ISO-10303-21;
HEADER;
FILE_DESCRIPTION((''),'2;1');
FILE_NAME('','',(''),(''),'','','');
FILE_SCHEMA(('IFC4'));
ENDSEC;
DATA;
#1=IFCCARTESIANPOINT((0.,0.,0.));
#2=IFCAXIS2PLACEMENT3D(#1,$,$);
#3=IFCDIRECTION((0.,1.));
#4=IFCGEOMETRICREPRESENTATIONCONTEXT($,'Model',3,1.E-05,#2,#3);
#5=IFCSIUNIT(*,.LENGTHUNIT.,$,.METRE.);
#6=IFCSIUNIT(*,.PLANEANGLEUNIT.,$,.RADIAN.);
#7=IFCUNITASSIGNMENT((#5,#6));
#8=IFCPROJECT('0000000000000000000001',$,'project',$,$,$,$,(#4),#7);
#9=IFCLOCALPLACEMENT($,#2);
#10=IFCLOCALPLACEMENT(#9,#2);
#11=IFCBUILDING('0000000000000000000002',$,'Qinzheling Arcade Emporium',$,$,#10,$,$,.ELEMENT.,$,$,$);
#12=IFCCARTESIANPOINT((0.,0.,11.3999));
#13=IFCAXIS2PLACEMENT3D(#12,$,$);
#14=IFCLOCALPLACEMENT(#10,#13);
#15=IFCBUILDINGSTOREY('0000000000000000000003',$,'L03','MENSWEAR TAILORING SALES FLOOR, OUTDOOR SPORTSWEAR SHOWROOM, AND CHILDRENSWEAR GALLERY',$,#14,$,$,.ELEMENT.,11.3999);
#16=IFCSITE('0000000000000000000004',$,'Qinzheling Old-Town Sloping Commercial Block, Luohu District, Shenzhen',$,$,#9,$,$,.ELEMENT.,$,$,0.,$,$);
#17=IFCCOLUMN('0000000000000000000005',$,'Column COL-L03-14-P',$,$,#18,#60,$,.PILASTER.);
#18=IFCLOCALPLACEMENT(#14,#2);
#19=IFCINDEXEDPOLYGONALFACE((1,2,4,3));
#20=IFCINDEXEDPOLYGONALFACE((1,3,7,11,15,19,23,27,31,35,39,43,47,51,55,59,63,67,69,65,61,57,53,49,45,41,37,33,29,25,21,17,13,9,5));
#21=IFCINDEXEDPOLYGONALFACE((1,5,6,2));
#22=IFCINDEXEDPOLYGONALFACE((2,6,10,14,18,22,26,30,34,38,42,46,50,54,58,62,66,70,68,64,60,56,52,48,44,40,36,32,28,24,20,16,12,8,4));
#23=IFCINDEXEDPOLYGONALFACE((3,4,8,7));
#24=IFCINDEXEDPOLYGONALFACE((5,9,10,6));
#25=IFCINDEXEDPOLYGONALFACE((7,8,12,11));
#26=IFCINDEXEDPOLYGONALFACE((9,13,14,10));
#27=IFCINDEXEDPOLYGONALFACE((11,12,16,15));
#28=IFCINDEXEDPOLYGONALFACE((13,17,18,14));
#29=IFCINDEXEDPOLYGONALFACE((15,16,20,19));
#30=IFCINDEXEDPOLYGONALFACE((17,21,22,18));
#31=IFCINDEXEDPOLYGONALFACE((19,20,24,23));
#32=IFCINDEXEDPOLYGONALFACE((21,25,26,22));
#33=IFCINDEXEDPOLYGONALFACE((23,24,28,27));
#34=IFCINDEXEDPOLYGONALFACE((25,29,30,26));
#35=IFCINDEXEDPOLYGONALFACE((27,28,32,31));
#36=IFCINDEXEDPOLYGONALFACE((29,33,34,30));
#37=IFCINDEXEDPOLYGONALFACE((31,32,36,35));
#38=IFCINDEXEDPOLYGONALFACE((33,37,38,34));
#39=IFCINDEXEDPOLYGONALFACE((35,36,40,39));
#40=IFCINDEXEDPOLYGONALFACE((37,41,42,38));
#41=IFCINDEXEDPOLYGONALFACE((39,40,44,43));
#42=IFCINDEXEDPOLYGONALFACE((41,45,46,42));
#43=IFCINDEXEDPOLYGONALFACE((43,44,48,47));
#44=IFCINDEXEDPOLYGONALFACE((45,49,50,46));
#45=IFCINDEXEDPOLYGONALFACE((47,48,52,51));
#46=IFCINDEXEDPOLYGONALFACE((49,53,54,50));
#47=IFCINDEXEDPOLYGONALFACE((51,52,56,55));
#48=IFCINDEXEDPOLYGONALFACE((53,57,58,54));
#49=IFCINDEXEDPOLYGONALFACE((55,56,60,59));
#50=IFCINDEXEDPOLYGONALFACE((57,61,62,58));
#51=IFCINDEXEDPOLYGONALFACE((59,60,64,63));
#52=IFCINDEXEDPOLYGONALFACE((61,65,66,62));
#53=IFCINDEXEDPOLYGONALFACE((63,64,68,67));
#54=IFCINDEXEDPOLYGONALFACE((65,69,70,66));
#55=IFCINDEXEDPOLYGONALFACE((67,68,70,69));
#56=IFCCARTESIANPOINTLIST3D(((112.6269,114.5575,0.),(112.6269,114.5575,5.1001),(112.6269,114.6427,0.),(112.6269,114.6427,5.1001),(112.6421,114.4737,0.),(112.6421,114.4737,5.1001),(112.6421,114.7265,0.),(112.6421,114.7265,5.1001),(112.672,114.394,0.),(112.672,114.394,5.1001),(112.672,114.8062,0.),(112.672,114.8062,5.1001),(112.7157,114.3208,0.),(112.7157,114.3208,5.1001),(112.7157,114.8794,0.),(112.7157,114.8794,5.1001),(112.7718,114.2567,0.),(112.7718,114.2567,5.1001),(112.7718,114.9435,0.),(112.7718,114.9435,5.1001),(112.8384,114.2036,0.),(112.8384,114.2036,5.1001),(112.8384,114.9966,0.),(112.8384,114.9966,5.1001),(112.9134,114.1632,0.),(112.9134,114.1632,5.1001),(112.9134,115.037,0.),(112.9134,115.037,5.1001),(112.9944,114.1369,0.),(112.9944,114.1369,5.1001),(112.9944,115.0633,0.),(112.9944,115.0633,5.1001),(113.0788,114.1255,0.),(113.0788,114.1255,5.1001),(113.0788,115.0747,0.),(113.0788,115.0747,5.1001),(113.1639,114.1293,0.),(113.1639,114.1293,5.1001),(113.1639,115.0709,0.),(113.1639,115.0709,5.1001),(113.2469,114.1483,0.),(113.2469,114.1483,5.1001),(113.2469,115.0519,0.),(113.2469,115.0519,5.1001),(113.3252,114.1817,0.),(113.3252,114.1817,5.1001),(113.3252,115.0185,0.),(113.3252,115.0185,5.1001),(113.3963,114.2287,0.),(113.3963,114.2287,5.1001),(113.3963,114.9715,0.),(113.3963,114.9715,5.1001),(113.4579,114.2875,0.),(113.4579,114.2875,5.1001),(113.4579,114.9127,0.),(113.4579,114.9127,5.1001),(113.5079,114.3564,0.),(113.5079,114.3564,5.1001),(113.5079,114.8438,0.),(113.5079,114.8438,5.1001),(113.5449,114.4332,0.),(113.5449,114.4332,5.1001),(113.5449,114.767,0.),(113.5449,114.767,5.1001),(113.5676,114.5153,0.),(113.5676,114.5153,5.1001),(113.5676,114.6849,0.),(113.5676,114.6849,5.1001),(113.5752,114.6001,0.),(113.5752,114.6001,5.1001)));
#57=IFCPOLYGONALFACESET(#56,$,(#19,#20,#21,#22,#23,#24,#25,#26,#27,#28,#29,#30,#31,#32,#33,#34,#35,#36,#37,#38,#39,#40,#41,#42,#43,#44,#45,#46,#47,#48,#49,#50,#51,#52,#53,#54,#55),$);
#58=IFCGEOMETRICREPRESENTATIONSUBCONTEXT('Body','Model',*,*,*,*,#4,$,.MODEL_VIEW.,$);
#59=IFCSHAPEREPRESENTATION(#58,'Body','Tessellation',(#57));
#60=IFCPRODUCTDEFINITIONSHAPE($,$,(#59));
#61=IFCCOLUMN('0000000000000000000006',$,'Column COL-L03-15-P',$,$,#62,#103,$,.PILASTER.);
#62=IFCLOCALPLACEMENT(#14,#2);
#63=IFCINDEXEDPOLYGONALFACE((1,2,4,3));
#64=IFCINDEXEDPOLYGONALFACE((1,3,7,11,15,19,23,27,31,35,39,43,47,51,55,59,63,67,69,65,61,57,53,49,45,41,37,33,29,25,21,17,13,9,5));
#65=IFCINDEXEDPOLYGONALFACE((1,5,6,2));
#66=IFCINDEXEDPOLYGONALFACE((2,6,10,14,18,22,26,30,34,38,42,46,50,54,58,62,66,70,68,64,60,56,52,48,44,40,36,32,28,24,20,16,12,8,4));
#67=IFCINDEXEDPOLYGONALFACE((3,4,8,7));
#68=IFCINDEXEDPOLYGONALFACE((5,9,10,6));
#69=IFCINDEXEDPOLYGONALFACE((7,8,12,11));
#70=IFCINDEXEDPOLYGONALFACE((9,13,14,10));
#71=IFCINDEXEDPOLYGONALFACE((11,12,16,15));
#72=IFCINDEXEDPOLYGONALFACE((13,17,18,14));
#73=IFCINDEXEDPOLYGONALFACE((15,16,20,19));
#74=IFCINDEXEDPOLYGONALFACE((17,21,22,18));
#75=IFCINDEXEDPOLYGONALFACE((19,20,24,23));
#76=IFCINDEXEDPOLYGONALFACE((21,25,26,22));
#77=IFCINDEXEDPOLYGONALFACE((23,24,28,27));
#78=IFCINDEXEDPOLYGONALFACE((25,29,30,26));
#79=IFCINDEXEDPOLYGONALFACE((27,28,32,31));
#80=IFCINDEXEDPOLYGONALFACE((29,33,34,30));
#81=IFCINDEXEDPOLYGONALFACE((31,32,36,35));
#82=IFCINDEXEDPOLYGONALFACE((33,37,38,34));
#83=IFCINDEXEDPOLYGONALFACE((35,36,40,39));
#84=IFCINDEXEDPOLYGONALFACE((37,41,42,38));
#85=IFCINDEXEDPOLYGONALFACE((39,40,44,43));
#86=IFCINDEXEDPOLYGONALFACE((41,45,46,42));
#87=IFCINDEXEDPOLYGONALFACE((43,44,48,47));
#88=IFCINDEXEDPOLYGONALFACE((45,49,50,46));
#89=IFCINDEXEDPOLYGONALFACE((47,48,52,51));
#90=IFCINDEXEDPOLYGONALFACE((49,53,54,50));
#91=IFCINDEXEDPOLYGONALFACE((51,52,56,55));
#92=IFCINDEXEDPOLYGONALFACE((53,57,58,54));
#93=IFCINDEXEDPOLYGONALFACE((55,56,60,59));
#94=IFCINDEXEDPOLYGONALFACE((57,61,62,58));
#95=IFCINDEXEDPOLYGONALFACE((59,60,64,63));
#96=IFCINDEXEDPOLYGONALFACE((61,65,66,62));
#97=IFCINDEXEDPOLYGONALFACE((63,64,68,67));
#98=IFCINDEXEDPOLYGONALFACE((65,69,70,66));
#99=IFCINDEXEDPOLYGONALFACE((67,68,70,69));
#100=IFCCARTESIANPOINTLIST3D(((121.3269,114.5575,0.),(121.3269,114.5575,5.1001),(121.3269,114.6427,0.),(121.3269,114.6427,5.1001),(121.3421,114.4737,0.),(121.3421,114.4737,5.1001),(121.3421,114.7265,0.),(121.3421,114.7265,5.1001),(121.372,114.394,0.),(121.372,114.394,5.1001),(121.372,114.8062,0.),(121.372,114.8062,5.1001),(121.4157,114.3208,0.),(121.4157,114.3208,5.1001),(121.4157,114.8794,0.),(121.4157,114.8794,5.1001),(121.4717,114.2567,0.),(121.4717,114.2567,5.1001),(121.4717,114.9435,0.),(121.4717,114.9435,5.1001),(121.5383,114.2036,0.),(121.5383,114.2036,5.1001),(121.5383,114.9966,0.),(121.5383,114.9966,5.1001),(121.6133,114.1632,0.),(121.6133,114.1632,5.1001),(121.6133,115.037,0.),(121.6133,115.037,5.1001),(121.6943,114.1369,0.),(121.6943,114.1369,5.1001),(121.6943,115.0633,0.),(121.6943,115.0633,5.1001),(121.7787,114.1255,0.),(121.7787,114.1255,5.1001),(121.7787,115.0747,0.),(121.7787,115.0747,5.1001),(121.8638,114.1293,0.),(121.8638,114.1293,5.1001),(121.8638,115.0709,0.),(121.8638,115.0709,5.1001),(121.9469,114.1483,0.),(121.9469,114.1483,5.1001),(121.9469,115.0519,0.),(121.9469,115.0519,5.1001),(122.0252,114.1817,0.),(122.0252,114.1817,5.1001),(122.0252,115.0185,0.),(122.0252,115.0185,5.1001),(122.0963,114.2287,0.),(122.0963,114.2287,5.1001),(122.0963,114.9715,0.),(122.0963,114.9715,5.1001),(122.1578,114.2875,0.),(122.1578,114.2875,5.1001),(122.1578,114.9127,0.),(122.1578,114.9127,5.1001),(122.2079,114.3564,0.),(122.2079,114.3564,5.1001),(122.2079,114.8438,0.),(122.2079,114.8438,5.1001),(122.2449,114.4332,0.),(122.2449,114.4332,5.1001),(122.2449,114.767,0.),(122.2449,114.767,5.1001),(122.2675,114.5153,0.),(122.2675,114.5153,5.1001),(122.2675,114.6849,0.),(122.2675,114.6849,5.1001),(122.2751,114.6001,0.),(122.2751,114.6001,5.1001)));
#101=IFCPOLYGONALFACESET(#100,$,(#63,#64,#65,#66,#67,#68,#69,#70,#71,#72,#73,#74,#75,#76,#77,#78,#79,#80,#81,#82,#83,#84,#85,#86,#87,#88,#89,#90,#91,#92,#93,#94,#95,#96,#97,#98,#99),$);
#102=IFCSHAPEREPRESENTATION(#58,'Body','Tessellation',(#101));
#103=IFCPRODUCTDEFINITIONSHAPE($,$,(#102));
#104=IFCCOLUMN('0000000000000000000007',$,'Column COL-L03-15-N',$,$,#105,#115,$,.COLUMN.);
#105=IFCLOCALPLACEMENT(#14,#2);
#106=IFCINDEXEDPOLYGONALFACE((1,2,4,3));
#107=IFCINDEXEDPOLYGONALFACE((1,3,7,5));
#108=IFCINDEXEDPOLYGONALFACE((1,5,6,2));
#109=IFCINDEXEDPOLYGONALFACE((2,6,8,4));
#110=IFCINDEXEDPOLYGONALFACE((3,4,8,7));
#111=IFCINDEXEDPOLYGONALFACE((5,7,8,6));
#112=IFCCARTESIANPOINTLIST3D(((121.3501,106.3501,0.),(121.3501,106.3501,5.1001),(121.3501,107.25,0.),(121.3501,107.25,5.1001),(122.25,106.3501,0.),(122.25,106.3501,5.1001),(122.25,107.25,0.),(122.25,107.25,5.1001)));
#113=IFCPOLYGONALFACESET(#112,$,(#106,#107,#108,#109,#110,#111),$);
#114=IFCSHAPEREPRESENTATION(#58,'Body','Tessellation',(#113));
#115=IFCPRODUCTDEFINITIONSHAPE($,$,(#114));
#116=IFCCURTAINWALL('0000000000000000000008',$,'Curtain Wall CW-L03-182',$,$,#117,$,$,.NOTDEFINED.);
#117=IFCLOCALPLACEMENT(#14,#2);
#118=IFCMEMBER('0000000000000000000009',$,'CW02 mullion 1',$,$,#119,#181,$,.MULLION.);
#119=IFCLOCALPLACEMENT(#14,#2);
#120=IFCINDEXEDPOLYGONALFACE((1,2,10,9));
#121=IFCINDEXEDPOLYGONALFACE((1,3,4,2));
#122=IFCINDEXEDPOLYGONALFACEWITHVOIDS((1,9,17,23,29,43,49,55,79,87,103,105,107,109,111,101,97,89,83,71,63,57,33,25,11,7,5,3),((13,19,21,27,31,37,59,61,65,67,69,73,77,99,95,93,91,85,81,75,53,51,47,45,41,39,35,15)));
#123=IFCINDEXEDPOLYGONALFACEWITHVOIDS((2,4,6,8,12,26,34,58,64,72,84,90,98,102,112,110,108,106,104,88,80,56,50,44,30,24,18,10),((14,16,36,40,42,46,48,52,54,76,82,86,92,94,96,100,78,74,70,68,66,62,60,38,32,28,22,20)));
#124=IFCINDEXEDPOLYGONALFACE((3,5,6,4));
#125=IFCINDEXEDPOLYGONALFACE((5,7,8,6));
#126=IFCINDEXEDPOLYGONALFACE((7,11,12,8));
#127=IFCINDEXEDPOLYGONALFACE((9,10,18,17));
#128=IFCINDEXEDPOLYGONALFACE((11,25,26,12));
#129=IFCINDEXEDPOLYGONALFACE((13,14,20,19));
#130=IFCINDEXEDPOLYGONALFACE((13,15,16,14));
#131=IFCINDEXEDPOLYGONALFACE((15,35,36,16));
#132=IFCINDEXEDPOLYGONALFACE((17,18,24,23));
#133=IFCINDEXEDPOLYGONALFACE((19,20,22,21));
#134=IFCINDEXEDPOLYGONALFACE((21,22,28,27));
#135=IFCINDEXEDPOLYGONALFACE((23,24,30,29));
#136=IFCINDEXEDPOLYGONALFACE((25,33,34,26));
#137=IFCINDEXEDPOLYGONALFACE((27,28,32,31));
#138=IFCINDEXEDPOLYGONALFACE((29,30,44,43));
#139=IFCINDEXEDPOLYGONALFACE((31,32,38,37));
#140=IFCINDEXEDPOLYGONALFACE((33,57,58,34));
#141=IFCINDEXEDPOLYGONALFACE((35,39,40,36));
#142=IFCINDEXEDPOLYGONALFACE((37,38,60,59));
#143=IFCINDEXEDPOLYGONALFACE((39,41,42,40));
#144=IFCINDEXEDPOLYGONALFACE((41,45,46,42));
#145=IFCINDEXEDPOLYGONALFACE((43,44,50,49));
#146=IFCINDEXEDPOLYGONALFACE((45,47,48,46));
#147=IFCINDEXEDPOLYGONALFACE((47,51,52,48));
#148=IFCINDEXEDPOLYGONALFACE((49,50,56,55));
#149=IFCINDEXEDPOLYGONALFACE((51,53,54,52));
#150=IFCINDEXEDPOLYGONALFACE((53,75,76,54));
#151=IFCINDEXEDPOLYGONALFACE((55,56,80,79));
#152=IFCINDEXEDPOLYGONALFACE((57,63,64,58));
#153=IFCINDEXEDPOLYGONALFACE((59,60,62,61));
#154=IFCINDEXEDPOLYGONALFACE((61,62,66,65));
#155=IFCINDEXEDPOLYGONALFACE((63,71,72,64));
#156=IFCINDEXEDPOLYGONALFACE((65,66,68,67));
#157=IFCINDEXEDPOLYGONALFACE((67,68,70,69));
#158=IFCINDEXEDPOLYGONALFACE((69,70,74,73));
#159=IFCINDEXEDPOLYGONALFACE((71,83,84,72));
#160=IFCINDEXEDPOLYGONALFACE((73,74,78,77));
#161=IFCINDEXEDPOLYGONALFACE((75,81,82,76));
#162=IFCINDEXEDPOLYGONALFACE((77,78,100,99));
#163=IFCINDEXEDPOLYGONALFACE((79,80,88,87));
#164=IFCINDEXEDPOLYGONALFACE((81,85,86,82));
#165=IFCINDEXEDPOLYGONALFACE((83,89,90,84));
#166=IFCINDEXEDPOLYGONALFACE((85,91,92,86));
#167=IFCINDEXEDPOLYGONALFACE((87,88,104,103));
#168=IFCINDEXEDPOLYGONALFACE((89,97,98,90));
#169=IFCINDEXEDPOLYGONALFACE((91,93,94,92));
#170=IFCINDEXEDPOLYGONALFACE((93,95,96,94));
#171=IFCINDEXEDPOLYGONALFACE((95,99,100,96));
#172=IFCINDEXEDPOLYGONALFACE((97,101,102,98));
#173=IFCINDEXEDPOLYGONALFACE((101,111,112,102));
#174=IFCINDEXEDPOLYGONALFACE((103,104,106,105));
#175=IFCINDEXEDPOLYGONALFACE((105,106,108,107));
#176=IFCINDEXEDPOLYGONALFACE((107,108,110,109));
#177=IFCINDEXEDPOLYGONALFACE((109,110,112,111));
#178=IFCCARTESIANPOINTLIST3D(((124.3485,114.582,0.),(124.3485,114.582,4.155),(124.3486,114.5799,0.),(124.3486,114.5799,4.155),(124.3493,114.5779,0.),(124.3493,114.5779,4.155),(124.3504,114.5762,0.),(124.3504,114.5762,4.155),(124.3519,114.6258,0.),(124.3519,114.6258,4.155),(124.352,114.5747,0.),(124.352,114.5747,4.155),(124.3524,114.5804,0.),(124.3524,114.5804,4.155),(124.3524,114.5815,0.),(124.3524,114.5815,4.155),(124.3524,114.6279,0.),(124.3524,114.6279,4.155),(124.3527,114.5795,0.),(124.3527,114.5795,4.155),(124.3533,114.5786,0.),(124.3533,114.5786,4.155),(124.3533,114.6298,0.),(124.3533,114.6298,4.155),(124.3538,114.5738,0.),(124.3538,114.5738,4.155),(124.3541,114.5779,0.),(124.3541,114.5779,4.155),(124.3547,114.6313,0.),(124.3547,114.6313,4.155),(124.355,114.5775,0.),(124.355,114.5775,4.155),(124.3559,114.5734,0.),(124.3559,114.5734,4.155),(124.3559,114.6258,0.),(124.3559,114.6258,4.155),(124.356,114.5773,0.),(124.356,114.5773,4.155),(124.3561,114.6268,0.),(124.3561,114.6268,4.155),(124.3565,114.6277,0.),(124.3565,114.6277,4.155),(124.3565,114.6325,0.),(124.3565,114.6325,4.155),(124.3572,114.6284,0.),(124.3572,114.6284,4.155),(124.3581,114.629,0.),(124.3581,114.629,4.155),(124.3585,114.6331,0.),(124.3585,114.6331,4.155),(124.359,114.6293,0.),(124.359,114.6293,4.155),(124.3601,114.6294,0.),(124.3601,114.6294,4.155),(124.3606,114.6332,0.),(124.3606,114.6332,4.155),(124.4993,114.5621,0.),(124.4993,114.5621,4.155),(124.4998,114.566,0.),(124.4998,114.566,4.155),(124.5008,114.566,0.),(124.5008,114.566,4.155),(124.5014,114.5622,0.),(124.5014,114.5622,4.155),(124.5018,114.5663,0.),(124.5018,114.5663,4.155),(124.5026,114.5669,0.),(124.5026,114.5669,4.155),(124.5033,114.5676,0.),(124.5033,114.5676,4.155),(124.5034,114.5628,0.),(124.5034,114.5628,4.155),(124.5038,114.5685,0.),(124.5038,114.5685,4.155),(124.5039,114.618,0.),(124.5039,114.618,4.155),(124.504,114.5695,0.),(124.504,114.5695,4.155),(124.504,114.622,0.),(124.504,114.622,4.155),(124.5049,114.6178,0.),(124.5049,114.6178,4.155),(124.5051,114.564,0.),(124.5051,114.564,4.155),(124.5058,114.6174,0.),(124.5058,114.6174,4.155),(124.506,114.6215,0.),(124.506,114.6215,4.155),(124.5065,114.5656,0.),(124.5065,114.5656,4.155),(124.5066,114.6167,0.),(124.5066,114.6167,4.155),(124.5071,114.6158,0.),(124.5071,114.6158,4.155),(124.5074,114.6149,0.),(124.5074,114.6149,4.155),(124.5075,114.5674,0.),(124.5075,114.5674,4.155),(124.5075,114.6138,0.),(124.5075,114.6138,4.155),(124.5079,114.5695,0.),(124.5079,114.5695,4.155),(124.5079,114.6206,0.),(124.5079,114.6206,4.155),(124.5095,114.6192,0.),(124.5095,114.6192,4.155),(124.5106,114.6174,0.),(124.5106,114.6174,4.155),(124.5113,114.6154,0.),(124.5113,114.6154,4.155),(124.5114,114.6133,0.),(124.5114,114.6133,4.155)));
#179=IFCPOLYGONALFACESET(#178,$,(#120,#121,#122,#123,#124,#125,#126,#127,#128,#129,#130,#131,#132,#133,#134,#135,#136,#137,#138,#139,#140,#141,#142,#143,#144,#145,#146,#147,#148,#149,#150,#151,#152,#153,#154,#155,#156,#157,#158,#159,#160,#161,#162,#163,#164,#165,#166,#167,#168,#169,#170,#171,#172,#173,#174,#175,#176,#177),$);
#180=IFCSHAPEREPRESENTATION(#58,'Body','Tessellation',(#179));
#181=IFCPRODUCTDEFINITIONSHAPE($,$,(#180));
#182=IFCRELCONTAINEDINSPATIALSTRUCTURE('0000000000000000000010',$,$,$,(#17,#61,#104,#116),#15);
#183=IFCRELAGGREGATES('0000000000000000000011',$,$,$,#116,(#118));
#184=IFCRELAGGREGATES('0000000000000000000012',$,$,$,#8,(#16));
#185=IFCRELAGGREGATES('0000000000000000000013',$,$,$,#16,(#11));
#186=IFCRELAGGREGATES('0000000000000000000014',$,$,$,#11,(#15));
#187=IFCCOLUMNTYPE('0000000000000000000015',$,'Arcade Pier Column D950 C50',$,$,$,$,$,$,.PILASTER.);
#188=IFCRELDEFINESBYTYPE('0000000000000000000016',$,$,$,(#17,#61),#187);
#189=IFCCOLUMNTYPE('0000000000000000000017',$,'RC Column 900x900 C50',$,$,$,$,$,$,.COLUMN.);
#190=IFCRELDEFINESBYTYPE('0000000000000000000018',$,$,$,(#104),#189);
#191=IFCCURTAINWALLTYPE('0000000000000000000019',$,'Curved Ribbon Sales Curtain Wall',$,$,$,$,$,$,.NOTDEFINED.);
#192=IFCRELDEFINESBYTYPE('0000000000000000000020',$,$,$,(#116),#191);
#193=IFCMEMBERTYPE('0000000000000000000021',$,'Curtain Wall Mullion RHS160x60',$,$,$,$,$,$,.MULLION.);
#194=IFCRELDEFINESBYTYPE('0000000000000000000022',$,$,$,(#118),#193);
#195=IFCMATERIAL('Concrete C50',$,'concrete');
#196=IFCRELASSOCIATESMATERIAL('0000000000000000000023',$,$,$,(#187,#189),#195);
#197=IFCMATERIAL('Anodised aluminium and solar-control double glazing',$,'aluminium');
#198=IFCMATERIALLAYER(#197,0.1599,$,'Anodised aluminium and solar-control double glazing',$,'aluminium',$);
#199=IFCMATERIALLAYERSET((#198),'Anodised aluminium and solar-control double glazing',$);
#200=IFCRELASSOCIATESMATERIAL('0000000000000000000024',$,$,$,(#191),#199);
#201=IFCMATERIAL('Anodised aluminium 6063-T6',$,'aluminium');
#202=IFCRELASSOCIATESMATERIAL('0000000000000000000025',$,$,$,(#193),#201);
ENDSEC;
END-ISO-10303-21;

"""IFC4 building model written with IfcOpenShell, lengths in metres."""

from ifc_helpers import new_model, si_unit, direction, frame, origin, origin_2d, place, context, subcontext, project, spatial, rectangle, hollow_rectangle, circle, extrude, material, layer, layer_set, material_profile, profile_set, type_object, element, aggregate, save


model = new_model("IFC4")

# Units and contexts
model_context = context("Model", 3, precision=1e-05, world=origin(), true_north=direction((0.0, 1.0)))
body_context = subcontext(model_context, "Body", "Model", "MODEL_VIEW")
ifc_project = project(units=[si_unit("LENGTHUNIT", "METRE"), si_unit("PLANEANGLEUNIT", "RADIAN")], contexts=[model_context])

# Site, building, storey
site_placement = place(None, origin())
site = spatial("IfcSite", under=ifc_project, at=site_placement, Name="Qinzheling Old-Town Sloping Commercial Block, Luohu District, Shenzhen", CompositionType="ELEMENT", RefElevation=0.0)
building_placement = place(site_placement, origin())
building = spatial("IfcBuilding", under=site, at=building_placement, Name="Qinzheling Arcade Emporium", CompositionType="ELEMENT")
storey_placement = place(building_placement, frame((0.0, 0.0, 11.3999)))
storey = spatial("IfcBuildingStorey", under=building, at=storey_placement, Name="L03", Description="MENSWEAR TAILORING SALES FLOOR, OUTDOOR SPORTSWEAR SHOWROOM, AND CHILDRENSWEAR GALLERY", CompositionType="ELEMENT", Elevation=11.3999)

# Columns
ifc_material_1 = material(Name="Concrete C50", Category="concrete")
ifc_material_profile_1 = material_profile(ifc_material_1, circle(Radius=0.4751, at=origin_2d()), Name="RC D950", Category="concrete")
ifc_profile_set_1 = profile_set([ifc_material_profile_1], Name="Concrete C50")
column_type_1 = type_object("IfcColumnType", Name="Arcade Pier Column D950 C50", PredefinedType="PILASTER", material=ifc_profile_set_1)
for number, where, z_axis, x_axis, name in (
    (1, (113.1001, 114.6001, 0.0), (0.0, 0.0, 1.0), (1.0, 0.0, 0.0), "Column COL-L03-14-P"),
    (2, (121.8, 114.6001, 0.0), (0.0, 0.0, 1.0), (1.0, 0.0, 0.0), "Column COL-L03-15-P"),
):
    element("IfcColumn", number, at=place(storey_placement, frame(where, z_axis=z_axis, x_axis=x_axis)), inside=storey, type_object=column_type_1, Name=name, PredefinedType="PILASTER", context=body_context, shape_type="SweptSolid", body=[
        extrude(circle(Radius=0.4751, at=origin_2d()), origin(), (0.0, 0.0, 1.0), 5.1001),
    ])
ifc_material_profile_2 = material_profile(ifc_material_1, rectangle(XDim=0.8999, YDim=0.8999, at=origin_2d()), Name="RC 900x900", Category="concrete")
ifc_profile_set_2 = profile_set([ifc_material_profile_2], Name="Concrete C50")
column_type_2 = type_object("IfcColumnType", Name="RC Column 900x900 C50", PredefinedType="COLUMN", material=ifc_profile_set_2)
column_placement = place(storey_placement, frame((121.8, 106.8, 0.0), z_axis=(0.0, 0.0, 1.0), x_axis=(1.0, 0.0, 0.0)))
element("IfcColumn", 3, at=column_placement, inside=storey, type_object=column_type_2, Name="Column COL-L03-15-N", PredefinedType="COLUMN", context=body_context, shape_type="SweptSolid", body=[
    extrude(rectangle(XDim=0.8999, YDim=0.8999, at=origin_2d()), origin(), (0.0, 0.0, 1.0), 5.1001),
])

# Curtain wall, member
ifc_material_2 = material(Name="Anodised aluminium and solar-control double glazing", Category="aluminium")
ifc_layer_1 = layer(ifc_material_2, 0.1599, Name="Anodised aluminium and solar-control double glazing", Category="aluminium")
ifc_layer_set_1 = layer_set([ifc_layer_1], Name="Anodised aluminium and solar-control double glazing")
curtain_wall_type = type_object("IfcCurtainWallType", Name="Curved Ribbon Sales Curtain Wall", PredefinedType="NOTDEFINED", material=ifc_layer_set_1)
curtain_wall_placement = place(storey_placement, origin())
curtain_wall = element("IfcCurtainWall", 4, at=curtain_wall_placement, inside=storey, type_object=curtain_wall_type, Name="Curtain Wall CW-L03-182", PredefinedType="NOTDEFINED")
ifc_material_3 = material(Name="Anodised aluminium 6063-T6", Category="aluminium")
ifc_material_profile_3 = material_profile(ifc_material_3, hollow_rectangle(XDim=0.0601, YDim=0.1599, WallThickness=0.0039, InnerFilletRadius=0.0039, OuterFilletRadius=0.0081, at=origin_2d()), Name="RHS 160x60x4", Category="aluminium")
ifc_profile_set_3 = profile_set([ifc_material_profile_3], Name="Anodised aluminium 6063-T6")
member_type_1 = type_object("IfcMemberType", Name="Curtain Wall Mullion RHS160x60", PredefinedType="MULLION", material=ifc_profile_set_3)
member_1_placement = place(storey_placement, frame((124.4299, 114.5977, 0.0), z_axis=(0.0, 0.0, 1.0), x_axis=(0.078376, 0.996924, 0.0)))
member_1 = element("IfcMember", 5, at=member_1_placement, type_object=member_type_1, Name="CW02 mullion 1", PredefinedType="MULLION", context=body_context, shape_type="SweptSolid", body=[
    extrude(hollow_rectangle(XDim=0.0601, YDim=0.1599, WallThickness=0.0039, InnerFilletRadius=0.0039, OuterFilletRadius=0.0081, at=origin_2d()), origin(), (0.0, 0.0, 1.0), 4.155),
])

aggregate(curtain_wall, [member_1])

save(model, "model.ifc")
